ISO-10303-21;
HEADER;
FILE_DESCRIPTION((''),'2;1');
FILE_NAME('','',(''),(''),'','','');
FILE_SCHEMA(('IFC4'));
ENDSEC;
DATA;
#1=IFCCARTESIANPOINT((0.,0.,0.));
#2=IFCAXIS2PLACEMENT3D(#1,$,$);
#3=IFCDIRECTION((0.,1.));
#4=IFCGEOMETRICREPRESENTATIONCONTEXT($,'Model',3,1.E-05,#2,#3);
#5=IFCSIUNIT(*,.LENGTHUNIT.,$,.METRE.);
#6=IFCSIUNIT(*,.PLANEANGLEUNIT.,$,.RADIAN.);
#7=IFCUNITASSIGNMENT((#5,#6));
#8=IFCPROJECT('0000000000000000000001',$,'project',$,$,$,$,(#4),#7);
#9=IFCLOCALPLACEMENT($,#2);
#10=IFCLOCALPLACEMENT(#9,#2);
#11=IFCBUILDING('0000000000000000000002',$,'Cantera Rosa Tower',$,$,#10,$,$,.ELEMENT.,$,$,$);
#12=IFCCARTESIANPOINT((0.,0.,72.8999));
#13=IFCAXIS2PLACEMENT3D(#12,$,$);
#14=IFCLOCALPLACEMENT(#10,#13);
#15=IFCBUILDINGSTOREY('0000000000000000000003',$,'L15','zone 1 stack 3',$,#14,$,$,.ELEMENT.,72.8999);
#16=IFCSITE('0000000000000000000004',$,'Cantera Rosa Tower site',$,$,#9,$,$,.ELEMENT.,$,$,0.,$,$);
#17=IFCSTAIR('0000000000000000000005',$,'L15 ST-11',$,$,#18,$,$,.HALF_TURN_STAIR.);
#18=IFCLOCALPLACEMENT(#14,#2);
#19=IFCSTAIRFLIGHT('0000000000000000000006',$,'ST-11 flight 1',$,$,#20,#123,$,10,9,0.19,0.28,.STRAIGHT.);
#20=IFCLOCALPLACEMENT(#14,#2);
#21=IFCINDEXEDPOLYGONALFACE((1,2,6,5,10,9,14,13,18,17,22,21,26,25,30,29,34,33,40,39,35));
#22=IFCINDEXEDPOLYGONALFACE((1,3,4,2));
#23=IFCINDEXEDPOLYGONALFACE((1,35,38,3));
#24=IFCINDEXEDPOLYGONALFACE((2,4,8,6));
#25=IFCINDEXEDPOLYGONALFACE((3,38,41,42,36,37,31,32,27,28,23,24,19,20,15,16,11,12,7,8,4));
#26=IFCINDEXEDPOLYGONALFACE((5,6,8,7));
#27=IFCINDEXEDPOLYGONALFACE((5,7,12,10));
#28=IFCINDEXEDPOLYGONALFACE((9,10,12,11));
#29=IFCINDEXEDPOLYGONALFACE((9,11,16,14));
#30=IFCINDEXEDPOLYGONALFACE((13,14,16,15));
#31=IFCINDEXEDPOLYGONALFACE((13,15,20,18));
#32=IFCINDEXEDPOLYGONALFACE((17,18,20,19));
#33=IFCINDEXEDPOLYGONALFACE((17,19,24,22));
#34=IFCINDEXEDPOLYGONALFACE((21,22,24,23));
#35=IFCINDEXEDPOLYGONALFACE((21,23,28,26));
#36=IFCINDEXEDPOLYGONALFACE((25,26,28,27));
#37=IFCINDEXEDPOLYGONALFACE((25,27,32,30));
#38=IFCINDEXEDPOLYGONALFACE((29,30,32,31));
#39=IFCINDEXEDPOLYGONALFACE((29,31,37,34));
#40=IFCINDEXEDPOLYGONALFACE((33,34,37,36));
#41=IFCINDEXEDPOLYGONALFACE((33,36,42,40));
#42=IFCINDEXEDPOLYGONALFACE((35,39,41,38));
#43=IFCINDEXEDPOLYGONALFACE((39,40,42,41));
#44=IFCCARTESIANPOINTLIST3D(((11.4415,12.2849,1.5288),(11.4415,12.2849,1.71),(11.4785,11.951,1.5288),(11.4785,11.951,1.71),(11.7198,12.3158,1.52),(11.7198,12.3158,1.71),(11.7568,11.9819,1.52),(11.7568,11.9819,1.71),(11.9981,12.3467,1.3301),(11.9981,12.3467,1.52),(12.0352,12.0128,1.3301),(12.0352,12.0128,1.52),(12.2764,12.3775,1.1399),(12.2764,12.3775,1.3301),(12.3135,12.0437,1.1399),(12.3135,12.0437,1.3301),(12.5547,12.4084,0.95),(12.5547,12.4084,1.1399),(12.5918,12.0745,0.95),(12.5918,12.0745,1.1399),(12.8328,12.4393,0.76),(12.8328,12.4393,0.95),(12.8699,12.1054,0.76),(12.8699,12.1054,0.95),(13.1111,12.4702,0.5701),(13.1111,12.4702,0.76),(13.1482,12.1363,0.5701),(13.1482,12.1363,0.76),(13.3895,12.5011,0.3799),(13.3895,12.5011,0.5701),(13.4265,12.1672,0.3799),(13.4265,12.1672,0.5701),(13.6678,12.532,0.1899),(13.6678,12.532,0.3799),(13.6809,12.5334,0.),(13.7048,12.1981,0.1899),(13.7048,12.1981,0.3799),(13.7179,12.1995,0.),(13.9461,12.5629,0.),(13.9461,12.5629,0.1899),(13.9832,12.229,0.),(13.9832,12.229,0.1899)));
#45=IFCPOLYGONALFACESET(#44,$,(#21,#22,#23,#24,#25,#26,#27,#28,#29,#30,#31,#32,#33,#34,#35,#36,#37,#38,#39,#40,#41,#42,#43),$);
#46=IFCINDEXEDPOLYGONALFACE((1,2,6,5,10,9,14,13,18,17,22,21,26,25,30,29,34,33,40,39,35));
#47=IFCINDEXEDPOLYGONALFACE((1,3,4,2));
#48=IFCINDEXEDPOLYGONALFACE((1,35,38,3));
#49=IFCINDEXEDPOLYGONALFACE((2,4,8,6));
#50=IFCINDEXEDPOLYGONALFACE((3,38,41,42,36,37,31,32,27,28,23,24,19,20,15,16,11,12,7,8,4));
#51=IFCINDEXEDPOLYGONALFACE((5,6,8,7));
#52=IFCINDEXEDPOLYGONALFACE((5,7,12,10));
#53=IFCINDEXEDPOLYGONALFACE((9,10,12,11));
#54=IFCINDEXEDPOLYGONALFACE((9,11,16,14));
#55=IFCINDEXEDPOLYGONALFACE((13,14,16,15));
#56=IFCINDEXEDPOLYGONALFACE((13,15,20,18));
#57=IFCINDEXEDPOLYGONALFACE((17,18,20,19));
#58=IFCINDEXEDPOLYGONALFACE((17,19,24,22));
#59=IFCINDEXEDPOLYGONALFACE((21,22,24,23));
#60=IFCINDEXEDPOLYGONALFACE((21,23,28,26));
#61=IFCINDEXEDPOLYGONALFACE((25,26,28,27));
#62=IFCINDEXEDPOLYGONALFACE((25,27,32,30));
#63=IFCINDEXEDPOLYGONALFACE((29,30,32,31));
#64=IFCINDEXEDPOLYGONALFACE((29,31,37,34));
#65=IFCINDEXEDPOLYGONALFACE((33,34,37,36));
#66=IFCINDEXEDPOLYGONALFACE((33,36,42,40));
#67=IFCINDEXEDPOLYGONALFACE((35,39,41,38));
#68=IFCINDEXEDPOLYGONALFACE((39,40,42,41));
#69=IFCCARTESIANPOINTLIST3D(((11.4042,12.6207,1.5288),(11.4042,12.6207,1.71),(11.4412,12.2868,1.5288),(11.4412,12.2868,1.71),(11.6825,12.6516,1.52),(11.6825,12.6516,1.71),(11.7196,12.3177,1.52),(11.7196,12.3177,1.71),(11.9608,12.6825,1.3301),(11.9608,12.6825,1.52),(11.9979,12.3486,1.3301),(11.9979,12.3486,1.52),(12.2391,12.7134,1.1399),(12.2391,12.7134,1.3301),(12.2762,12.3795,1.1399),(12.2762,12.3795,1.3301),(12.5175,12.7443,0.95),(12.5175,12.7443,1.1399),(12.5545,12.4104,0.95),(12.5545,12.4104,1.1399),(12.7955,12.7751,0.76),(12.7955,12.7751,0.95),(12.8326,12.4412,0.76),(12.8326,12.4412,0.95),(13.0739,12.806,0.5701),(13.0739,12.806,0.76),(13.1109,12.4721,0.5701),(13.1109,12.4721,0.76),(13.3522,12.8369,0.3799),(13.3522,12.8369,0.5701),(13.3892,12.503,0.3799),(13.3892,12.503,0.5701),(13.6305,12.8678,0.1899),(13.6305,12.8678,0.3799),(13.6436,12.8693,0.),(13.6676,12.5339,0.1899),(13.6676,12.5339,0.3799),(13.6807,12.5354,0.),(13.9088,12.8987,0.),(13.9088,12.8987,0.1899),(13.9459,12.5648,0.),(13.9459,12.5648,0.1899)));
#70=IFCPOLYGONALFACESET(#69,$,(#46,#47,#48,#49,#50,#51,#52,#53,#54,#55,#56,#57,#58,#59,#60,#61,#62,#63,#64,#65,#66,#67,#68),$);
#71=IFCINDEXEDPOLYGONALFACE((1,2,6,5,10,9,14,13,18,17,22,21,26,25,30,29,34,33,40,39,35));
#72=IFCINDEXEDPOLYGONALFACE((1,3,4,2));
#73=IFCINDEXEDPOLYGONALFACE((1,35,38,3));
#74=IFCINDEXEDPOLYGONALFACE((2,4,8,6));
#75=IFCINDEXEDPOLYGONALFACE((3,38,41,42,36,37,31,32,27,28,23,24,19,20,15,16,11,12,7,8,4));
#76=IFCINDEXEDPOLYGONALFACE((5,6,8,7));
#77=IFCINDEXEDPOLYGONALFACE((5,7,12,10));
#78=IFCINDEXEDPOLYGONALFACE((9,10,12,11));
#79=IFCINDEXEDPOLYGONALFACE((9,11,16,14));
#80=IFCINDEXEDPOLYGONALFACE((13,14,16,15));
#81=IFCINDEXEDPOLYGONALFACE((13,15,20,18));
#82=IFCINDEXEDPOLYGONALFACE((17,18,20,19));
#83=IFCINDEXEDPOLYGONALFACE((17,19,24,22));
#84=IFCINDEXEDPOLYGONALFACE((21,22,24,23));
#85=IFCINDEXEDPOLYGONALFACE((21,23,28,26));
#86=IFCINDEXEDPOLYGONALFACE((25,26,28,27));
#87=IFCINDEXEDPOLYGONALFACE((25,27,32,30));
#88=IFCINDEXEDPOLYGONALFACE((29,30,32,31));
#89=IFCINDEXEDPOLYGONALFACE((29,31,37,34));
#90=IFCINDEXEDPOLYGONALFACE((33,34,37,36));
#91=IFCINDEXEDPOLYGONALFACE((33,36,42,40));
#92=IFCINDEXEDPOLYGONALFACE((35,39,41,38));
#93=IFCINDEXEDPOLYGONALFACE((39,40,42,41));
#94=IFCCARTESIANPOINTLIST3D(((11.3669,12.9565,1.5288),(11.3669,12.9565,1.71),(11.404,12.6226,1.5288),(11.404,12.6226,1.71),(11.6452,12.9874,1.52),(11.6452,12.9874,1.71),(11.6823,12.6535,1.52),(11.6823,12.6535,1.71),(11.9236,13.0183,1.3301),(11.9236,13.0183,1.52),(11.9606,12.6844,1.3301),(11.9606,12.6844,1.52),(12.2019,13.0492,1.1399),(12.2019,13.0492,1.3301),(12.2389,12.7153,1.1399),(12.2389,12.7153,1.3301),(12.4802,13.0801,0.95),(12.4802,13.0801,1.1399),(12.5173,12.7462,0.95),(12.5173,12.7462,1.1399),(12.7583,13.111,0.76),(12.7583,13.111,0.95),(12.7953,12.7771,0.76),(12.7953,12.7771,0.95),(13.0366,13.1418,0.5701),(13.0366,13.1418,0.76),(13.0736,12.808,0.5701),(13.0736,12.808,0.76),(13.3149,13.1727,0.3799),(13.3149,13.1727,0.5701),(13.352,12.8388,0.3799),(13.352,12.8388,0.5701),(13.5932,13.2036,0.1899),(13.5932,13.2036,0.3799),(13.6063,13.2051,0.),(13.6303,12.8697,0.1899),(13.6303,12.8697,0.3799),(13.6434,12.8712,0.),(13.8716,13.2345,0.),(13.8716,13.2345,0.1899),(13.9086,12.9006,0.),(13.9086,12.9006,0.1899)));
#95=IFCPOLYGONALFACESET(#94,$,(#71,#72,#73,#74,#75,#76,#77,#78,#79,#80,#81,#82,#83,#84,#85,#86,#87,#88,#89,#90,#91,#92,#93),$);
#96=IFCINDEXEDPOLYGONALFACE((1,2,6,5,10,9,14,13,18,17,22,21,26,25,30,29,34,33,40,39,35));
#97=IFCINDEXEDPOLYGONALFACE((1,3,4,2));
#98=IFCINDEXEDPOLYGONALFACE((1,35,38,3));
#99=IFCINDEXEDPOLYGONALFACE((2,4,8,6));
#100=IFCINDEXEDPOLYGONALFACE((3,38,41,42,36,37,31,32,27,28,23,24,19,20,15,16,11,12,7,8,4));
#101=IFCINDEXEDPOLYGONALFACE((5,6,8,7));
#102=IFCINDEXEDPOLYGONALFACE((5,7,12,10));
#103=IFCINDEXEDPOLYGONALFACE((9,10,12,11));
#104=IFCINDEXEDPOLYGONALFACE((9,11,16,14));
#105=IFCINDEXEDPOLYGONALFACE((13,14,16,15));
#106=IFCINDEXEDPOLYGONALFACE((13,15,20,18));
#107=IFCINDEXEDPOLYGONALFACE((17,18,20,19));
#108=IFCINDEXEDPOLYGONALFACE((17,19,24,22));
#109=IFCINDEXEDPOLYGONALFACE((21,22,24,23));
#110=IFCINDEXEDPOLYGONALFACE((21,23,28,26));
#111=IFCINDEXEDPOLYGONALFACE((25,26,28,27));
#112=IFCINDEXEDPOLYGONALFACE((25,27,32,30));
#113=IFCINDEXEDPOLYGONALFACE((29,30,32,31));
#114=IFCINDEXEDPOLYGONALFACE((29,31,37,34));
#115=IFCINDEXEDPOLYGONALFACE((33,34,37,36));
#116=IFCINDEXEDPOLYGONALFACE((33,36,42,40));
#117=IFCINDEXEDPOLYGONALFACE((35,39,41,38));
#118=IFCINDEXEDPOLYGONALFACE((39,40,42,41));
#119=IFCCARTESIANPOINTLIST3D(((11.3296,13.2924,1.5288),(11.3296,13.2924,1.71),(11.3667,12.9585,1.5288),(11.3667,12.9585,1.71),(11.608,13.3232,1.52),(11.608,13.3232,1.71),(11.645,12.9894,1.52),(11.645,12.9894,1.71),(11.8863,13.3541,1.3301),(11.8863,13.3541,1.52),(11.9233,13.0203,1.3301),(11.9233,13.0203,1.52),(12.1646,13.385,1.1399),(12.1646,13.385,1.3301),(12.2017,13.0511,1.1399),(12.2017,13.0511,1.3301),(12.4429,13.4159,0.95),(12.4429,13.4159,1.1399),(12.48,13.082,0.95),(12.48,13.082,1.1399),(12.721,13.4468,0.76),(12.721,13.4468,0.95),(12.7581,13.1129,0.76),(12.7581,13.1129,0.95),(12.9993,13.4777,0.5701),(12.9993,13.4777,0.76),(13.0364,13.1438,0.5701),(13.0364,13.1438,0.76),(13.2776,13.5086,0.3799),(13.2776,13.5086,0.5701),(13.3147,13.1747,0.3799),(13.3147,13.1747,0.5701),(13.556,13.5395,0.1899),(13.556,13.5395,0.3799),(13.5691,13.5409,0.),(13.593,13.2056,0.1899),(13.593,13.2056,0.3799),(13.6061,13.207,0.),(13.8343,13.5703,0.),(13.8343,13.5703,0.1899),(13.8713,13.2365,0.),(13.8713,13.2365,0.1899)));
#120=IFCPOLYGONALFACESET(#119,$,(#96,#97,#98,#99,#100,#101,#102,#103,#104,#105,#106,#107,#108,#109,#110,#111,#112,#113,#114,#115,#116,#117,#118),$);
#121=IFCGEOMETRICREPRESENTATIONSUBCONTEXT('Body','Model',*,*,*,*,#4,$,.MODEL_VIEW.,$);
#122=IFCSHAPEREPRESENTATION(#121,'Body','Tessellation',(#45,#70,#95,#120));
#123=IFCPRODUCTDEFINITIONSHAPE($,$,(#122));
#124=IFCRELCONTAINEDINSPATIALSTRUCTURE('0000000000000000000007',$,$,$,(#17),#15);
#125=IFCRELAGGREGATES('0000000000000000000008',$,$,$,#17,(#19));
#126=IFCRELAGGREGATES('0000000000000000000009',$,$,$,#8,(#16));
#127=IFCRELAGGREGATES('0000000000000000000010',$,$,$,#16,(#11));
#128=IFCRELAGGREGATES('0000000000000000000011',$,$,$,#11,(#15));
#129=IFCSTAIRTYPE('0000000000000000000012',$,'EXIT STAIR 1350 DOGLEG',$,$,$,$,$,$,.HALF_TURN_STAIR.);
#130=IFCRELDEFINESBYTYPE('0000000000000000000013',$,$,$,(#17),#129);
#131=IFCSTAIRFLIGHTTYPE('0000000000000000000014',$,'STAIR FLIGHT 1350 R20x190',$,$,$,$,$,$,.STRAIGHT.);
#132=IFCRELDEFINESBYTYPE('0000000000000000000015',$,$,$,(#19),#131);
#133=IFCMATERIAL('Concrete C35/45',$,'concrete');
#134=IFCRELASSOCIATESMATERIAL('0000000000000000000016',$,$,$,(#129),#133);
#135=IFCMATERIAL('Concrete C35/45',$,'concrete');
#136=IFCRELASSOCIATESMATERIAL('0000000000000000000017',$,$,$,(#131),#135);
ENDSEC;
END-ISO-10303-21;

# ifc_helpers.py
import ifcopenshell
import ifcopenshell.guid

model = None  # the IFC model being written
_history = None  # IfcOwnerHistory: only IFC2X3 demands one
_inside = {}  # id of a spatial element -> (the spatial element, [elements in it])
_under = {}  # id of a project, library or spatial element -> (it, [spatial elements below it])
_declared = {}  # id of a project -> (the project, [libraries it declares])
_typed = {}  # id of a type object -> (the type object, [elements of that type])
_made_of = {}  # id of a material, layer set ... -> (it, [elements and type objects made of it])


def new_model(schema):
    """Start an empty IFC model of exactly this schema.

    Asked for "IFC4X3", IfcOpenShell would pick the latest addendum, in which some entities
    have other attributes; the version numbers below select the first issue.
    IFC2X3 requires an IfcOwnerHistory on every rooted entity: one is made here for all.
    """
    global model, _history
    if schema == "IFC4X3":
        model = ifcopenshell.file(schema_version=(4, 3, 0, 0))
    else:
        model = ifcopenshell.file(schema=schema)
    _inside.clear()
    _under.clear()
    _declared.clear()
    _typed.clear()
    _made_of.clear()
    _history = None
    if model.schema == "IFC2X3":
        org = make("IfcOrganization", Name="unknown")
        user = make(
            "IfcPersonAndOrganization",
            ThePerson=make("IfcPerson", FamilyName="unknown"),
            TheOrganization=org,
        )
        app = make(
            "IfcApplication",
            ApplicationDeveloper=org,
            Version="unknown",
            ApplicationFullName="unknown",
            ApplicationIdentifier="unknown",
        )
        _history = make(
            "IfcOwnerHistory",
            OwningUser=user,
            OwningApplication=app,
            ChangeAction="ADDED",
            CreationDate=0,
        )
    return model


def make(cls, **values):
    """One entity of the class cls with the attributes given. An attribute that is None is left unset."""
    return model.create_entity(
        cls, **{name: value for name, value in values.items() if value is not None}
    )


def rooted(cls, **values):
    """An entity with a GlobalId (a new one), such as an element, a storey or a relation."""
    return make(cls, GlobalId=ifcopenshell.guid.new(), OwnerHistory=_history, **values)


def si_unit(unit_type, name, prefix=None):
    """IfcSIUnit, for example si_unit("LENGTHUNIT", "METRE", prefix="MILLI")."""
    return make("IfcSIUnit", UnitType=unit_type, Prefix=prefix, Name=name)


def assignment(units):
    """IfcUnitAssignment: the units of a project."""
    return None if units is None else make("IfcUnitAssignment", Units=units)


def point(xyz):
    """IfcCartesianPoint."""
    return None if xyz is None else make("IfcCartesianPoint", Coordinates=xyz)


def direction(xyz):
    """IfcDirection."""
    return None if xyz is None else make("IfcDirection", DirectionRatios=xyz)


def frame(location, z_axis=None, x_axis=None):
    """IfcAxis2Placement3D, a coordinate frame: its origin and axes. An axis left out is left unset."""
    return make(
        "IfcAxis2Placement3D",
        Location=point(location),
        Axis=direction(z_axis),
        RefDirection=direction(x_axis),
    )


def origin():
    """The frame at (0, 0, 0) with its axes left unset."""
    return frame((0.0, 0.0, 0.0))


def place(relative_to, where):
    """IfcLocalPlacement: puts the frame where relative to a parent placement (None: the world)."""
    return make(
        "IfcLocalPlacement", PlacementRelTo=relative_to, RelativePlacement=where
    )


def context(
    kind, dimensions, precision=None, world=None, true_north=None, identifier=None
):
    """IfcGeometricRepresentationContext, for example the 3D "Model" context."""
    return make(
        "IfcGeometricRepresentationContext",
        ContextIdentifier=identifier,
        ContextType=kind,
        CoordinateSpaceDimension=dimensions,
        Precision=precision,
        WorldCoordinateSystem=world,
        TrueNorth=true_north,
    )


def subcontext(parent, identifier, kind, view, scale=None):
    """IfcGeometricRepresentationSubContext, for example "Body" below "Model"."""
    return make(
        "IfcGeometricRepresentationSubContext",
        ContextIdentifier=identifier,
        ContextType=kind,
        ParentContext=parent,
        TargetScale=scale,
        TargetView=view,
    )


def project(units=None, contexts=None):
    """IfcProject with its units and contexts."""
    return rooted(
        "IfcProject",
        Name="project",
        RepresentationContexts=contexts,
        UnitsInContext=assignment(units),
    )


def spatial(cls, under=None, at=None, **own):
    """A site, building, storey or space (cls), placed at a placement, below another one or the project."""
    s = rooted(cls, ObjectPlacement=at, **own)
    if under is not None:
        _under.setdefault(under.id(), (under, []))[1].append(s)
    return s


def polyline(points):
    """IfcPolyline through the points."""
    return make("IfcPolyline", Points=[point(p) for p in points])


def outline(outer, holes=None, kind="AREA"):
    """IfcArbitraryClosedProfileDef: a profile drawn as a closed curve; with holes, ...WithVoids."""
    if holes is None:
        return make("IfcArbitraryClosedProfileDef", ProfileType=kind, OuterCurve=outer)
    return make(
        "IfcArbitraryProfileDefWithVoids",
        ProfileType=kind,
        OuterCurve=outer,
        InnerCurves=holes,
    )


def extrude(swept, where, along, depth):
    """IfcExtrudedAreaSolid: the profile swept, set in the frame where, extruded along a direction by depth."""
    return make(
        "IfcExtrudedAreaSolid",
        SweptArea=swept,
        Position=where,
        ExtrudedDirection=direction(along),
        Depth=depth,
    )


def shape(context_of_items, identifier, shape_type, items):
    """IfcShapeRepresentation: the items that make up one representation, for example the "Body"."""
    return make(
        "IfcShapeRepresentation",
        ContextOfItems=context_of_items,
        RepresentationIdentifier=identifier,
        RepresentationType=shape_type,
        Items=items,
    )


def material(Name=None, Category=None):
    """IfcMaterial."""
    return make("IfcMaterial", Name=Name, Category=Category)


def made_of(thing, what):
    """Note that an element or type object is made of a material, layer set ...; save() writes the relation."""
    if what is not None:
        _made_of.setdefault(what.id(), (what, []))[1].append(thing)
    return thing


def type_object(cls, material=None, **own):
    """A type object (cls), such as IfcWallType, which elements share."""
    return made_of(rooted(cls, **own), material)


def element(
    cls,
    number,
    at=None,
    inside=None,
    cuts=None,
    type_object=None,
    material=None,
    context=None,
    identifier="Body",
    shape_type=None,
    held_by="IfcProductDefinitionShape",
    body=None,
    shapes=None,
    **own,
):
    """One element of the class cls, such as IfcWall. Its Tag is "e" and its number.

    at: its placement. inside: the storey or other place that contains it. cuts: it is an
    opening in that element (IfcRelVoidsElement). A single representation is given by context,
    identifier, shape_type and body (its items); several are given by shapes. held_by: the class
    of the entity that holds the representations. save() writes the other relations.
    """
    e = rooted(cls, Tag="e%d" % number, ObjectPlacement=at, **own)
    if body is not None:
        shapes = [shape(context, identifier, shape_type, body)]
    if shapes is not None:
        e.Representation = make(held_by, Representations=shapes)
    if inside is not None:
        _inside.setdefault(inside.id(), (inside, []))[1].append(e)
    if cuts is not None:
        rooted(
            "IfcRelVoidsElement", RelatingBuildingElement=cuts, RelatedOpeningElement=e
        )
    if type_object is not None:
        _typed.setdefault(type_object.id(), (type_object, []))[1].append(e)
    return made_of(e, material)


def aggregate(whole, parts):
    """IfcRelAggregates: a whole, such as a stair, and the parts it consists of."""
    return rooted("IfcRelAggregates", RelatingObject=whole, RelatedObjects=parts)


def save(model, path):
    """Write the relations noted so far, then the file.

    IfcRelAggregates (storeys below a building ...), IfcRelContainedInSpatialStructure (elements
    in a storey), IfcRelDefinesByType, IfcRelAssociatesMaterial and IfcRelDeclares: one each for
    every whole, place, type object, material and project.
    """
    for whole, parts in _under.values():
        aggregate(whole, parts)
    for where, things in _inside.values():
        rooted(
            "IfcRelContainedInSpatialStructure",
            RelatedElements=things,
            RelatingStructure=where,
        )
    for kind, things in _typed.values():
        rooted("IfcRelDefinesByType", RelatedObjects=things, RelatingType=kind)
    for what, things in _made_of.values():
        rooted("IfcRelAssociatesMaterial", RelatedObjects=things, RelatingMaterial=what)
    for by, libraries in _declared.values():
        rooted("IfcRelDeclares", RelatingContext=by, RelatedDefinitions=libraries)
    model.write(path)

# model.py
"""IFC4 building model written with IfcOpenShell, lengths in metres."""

from ifc_helpers import new_model, si_unit, direction, frame, origin, place, context, subcontext, project, spatial, polyline, outline, extrude, material, type_object, element, aggregate, save


model = new_model("IFC4")

# Units and contexts
model_context = context("Model", 3, precision=1e-05, world=origin(), true_north=direction((0.0, 1.0)))
body_context = subcontext(model_context, "Body", "Model", "MODEL_VIEW")
ifc_project = project(units=[si_unit("LENGTHUNIT", "METRE"), si_unit("PLANEANGLEUNIT", "RADIAN")], contexts=[model_context])

# Site, building, storey
site_placement = place(None, origin())
site = spatial("IfcSite", under=ifc_project, at=site_placement, Name="Cantera Rosa Tower site", CompositionType="ELEMENT", RefElevation=0.0)
building_placement = place(site_placement, origin())
building = spatial("IfcBuilding", under=site, at=building_placement, Name="Cantera Rosa Tower", CompositionType="ELEMENT")
storey_placement = place(building_placement, frame((0.0, 0.0, 72.8999)))
storey = spatial("IfcBuildingStorey", under=building, at=storey_placement, Name="L15", Description="zone 1 stack 3", CompositionType="ELEMENT", Elevation=72.8999)

# Stair, stair flight
ifc_material_1 = material(Name="Concrete C35/45", Category="concrete")
stair_type = type_object("IfcStairType", Name="EXIT STAIR 1350 DOGLEG", PredefinedType="HALF_TURN_STAIR", material=ifc_material_1)
stair_placement = place(storey_placement, origin())
stair = element("IfcStair", 1, at=stair_placement, inside=storey, type_object=stair_type, Name="L15 ST-11", PredefinedType="HALF_TURN_STAIR")
ifc_material_2 = material(Name="Concrete C35/45", Category="concrete")
stair_flight_type = type_object("IfcStairFlightType", Name="STAIR FLIGHT 1350 R20x190", PredefinedType="STRAIGHT", material=ifc_material_2)
stair_flight_placement = place(storey_placement, frame((13.9087, 12.8999, 0.0), z_axis=(0.0, 0.0, 1.0), x_axis=(-0.993897, -0.110313, 0.0)))
stair_flight = element("IfcStairFlight", 2, at=stair_flight_placement, type_object=stair_flight_type, Name="ST-11 flight 1", NumberOfRisers=10, NumberOfTreads=9, PredefinedType="STRAIGHT", RiserHeight=0.19, TreadLength=0.28, context=body_context, shape_type="SweptSolid", body=[
    extrude(outline(polyline([(0.0, 0.0), (0.0, 0.1899), (0.28, 0.1899), (0.28, 0.3799), (0.5601, 0.3799), (0.5601, 0.5701), (0.8401, 0.5701), (0.8401, 0.76), (1.1201, 0.76), (1.1201, 0.95), (1.3999, 0.95), (1.3999, 1.1399), (1.6799, 1.1399), (1.6799, 1.3301), (1.96, 1.3301), (1.96, 1.52), (2.24, 1.52), (2.24, 1.71), (2.52, 1.71), (2.52, 1.8999), (2.52, 1.5288), (0.2668, 0.0), (0.0, 0.0)])), frame((0.0, 0.675, 0.0), z_axis=(0.0, -1.0, 0.0), x_axis=(1.0, 0.0, 0.0)), (0.0, 0.0, 1.0), 0.3359),
    extrude(outline(polyline([(0.0, 0.0), (0.0, 0.1899), (0.28, 0.1899), (0.28, 0.3799), (0.5601, 0.3799), (0.5601, 0.5701), (0.8401, 0.5701), (0.8401, 0.76), (1.1201, 0.76), (1.1201, 0.95), (1.3999, 0.95), (1.3999, 1.1399), (1.6799, 1.1399), (1.6799, 1.3301), (1.96, 1.3301), (1.96, 1.52), (2.24, 1.52), (2.24, 1.71), (2.52, 1.71), (2.52, 1.8999), (2.52, 1.5288), (0.2668, 0.0), (0.0, 0.0)])), frame((0.0, 0.3372, 0.0), z_axis=(0.0, -1.0, 0.0), x_axis=(1.0, 0.0, 0.0)), (0.0, 0.0, 1.0), 0.3359),
    extrude(outline(polyline([(0.0, 0.0), (0.0, 0.1899), (0.28, 0.1899), (0.28, 0.3799), (0.5601, 0.3799), (0.5601, 0.5701), (0.8401, 0.5701), (0.8401, 0.76), (1.1201, 0.76), (1.1201, 0.95), (1.3999, 0.95), (1.3999, 1.1399), (1.6799, 1.1399), (1.6799, 1.3301), (1.96, 1.3301), (1.96, 1.52), (2.24, 1.52), (2.24, 1.71), (2.52, 1.71), (2.52, 1.8999), (2.52, 1.5288), (0.2668, 0.0), (0.0, 0.0)])), frame((0.0, -0.0007, 0.0), z_axis=(0.0, -1.0, 0.0), x_axis=(1.0, 0.0, 0.0)), (0.0, 0.0, 1.0), 0.3359),
    extrude(outline(polyline([(0.0, 0.0), (0.0, 0.1899), (0.28, 0.1899), (0.28, 0.3799), (0.5601, 0.3799), (0.5601, 0.5701), (0.8401, 0.5701), (0.8401, 0.76), (1.1201, 0.76), (1.1201, 0.95), (1.3999, 0.95), (1.3999, 1.1399), (1.6799, 1.1399), (1.6799, 1.3301), (1.96, 1.3301), (1.96, 1.52), (2.24, 1.52), (2.24, 1.71), (2.52, 1.71), (2.52, 1.8999), (2.52, 1.5288), (0.2668, 0.0), (0.0, 0.0)])), frame((0.0, -0.3386, 0.0), z_axis=(0.0, -1.0, 0.0), x_axis=(1.0, 0.0, 0.0)), (0.0, 0.0, 1.0), 0.3359),
])
aggregate(stair, [stair_flight])

save(model, "model.ifc")
